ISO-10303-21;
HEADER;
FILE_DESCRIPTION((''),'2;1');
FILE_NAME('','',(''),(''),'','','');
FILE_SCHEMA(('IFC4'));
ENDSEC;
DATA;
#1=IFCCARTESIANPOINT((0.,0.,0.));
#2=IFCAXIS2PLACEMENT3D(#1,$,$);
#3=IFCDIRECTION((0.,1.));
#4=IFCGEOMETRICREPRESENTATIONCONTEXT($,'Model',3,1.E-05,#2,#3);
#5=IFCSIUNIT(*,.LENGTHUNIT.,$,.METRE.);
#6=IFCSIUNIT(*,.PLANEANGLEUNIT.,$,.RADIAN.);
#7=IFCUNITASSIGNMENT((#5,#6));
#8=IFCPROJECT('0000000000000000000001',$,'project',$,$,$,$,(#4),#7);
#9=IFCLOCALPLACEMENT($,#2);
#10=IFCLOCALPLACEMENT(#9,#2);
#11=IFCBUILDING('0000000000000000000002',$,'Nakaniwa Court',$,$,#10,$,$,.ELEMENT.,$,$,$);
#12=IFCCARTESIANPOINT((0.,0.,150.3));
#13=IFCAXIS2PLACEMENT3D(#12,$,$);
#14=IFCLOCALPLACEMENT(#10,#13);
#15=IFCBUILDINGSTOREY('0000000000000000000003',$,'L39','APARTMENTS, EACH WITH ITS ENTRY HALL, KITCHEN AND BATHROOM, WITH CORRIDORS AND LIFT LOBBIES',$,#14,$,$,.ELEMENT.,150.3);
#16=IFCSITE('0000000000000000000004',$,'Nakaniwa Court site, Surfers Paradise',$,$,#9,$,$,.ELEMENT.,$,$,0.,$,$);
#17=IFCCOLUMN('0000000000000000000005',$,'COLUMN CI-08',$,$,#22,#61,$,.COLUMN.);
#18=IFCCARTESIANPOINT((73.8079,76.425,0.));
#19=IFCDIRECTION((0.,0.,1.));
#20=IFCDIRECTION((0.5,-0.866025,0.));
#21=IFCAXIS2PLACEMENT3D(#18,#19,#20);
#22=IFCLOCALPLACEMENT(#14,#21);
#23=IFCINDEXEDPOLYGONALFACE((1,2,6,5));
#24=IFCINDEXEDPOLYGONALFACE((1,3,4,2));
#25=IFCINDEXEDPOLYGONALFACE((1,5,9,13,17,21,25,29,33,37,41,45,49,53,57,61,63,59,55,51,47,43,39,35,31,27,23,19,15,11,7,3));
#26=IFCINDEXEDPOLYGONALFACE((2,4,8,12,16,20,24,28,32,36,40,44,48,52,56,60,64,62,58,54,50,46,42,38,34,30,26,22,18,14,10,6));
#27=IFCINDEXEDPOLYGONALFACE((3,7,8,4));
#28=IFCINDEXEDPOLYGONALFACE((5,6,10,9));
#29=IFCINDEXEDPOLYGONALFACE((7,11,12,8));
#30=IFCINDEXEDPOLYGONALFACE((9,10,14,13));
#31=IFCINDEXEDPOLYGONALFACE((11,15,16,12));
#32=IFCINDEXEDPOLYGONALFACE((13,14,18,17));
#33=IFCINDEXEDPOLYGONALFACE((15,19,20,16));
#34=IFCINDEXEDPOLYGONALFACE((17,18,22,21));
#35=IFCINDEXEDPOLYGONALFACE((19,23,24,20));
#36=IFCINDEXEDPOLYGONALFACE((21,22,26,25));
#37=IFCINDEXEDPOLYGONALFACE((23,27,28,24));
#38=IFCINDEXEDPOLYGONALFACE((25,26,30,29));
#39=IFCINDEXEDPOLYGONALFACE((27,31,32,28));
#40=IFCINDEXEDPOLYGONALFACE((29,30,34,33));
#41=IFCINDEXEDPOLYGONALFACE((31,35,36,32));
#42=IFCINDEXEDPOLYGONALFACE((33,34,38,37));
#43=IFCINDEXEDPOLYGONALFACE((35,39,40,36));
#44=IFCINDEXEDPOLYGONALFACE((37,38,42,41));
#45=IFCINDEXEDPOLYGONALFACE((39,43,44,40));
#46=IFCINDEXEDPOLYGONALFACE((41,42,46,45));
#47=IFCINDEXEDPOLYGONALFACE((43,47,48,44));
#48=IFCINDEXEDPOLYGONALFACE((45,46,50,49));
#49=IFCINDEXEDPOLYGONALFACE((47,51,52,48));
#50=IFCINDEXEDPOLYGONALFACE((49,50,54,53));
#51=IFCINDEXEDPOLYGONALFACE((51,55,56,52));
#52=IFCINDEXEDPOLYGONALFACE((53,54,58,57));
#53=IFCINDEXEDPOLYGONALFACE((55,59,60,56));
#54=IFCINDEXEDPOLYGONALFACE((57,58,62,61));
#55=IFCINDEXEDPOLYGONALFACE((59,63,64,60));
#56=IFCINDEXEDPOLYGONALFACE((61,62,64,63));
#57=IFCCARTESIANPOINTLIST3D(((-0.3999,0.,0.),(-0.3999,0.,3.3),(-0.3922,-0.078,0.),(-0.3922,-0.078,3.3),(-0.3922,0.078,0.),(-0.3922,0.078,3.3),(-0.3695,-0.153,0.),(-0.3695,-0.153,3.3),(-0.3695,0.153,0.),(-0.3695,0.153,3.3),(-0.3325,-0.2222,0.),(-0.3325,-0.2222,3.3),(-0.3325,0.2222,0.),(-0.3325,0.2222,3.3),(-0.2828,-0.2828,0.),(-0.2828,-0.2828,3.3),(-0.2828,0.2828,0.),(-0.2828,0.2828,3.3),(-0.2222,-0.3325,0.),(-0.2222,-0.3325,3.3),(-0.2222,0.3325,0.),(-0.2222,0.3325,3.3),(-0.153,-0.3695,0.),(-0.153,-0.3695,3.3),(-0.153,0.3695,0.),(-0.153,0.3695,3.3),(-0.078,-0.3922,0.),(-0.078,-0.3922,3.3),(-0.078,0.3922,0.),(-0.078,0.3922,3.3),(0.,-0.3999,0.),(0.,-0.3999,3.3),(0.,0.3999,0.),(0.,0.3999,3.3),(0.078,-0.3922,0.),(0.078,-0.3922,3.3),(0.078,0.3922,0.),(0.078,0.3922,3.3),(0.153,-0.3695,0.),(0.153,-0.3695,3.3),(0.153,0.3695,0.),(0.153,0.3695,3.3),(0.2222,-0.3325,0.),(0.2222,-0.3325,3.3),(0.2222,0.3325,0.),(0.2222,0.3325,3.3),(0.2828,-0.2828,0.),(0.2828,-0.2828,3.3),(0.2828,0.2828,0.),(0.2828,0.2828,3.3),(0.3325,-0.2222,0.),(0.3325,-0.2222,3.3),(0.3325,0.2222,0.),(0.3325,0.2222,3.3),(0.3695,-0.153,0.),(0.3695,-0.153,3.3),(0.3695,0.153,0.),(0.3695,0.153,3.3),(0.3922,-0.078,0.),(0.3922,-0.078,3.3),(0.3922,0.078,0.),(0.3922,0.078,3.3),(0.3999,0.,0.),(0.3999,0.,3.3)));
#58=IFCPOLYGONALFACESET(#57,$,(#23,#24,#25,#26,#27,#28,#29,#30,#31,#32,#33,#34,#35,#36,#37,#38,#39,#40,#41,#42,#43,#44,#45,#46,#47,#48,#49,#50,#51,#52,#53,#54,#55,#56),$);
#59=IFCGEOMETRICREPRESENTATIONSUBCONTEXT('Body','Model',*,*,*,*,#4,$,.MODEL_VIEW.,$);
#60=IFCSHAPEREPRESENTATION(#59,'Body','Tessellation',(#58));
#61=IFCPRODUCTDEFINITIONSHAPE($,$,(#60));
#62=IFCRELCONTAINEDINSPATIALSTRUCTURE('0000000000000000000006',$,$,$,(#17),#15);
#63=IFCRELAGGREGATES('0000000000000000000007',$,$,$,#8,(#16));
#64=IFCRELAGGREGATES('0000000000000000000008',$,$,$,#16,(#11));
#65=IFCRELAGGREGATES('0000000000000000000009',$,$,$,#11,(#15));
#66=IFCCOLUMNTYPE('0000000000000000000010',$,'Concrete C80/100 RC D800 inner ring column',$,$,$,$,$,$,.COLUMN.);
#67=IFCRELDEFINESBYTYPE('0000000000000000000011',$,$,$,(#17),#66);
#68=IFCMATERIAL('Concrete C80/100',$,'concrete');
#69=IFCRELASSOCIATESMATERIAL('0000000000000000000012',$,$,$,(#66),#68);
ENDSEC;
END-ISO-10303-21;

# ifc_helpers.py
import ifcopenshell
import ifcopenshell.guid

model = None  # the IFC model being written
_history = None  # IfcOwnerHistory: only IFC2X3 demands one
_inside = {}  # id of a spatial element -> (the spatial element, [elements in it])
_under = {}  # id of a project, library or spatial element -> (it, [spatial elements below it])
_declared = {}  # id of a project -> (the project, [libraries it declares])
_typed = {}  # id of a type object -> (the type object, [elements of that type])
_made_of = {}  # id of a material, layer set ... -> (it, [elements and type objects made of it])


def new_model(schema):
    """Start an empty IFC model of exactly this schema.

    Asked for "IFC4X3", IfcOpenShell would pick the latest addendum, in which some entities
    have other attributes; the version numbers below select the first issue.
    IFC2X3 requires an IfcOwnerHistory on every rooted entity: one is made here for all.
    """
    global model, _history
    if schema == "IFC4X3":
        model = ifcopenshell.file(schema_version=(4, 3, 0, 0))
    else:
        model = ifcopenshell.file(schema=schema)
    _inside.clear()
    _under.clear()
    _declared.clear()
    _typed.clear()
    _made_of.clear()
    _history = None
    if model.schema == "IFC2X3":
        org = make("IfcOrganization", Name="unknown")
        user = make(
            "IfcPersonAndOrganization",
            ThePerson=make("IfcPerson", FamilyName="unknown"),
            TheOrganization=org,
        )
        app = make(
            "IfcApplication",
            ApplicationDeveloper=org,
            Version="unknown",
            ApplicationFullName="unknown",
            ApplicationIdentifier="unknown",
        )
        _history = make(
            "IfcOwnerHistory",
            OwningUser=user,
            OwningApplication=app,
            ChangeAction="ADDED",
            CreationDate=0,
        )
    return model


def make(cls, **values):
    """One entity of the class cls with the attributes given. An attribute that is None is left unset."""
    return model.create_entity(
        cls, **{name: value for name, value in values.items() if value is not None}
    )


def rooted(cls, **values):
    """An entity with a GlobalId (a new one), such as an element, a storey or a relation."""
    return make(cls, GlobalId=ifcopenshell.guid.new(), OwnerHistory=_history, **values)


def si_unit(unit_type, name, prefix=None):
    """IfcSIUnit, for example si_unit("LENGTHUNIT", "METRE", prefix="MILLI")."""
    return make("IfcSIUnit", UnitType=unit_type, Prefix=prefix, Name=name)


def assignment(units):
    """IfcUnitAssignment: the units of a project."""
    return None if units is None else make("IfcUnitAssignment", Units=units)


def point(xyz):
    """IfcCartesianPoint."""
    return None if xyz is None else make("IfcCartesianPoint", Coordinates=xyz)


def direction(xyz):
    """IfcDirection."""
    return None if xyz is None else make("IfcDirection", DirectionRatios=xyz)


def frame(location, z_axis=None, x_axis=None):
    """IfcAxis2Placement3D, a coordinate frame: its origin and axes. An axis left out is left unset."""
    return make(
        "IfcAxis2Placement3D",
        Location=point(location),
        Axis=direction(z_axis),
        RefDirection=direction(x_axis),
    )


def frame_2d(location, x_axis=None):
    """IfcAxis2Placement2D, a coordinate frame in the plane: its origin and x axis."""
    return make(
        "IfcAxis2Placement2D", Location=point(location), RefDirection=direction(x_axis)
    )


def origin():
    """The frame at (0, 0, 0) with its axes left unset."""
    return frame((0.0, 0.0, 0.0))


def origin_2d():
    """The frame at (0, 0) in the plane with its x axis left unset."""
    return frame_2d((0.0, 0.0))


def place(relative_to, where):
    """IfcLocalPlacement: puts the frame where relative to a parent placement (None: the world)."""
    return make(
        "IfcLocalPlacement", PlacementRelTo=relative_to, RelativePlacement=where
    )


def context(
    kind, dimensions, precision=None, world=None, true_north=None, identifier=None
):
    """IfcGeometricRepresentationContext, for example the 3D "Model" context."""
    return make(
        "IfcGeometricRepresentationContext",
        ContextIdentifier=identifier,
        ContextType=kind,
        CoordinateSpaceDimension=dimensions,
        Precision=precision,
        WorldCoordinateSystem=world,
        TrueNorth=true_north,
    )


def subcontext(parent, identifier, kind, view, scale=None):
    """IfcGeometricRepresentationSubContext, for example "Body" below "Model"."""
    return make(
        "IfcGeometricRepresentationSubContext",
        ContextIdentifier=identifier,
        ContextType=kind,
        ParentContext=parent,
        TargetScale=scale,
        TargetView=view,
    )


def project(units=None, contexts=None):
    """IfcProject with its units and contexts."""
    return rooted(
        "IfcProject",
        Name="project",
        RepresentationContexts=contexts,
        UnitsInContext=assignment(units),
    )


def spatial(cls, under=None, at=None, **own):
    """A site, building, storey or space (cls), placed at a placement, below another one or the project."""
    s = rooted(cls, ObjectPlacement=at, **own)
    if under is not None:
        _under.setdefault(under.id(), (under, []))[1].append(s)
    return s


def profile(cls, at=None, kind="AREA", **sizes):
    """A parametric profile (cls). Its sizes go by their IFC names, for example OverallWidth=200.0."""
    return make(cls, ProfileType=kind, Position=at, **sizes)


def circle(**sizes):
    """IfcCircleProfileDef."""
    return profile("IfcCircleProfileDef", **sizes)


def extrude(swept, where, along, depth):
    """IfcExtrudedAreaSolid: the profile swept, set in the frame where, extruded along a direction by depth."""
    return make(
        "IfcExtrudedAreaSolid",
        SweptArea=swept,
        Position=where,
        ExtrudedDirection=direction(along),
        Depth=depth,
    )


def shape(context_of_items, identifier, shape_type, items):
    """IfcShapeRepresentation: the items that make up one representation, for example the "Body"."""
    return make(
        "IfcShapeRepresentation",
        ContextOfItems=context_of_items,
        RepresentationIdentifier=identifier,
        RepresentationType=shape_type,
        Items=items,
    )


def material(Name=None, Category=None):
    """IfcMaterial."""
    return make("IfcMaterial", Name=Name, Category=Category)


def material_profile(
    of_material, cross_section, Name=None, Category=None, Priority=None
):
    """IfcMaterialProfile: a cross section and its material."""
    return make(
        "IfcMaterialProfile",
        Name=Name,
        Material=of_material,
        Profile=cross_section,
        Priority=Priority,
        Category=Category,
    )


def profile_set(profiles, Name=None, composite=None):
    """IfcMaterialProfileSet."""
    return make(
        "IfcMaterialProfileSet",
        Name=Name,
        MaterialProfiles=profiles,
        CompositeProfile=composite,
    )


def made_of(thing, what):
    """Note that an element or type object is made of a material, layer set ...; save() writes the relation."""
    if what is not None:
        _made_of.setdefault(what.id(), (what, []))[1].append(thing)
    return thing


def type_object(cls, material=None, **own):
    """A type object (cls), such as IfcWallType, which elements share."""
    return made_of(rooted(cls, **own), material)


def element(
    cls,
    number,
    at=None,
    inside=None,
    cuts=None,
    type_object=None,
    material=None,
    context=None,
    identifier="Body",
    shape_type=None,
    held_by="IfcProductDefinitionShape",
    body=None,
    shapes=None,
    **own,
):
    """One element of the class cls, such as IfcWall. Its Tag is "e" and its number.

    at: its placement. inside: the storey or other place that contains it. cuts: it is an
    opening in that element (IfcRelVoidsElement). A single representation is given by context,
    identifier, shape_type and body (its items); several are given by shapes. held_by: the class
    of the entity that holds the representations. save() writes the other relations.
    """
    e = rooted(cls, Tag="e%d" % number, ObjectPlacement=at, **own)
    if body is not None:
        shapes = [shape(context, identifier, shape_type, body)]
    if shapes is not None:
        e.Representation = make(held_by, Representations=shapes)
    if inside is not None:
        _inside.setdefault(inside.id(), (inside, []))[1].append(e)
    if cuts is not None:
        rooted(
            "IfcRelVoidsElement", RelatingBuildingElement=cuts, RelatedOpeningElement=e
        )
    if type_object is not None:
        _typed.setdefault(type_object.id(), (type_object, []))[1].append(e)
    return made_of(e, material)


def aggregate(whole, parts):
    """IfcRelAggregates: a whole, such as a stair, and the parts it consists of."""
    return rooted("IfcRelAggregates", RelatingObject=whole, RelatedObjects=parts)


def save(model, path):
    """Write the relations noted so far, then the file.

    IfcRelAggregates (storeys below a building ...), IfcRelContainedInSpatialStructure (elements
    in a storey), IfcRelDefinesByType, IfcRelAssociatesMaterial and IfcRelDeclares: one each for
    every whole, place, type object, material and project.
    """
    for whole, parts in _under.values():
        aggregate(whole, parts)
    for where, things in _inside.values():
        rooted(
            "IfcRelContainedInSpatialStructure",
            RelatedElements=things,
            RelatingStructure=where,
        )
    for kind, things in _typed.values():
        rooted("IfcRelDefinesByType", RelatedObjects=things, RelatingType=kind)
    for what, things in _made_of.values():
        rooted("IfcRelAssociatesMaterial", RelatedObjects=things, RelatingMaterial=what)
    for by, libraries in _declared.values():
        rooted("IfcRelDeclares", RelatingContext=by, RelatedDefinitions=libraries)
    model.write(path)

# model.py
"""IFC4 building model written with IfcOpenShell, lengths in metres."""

from ifc_helpers import new_model, si_unit, direction, frame, origin, origin_2d, place, context, subcontext, project, spatial, circle, extrude, material, material_profile, profile_set, type_object, element, save


model = new_model("IFC4")

# Units and contexts
model_context = context("Model", 3, precision=1e-05, world=origin(), true_north=direction((0.0, 1.0)))
body_context = subcontext(model_context, "Body", "Model", "MODEL_VIEW")
ifc_project = project(units=[si_unit("LENGTHUNIT", "METRE"), si_unit("PLANEANGLEUNIT", "RADIAN")], contexts=[model_context])

# Site, building, storey
site_placement = place(None, origin())
site = spatial("IfcSite", under=ifc_project, at=site_placement, Name="Nakaniwa Court site, Surfers Paradise", CompositionType="ELEMENT", RefElevation=0.0)
building_placement = place(site_placement, origin())
building = spatial("IfcBuilding", under=site, at=building_placement, Name="Nakaniwa Court", CompositionType="ELEMENT")
storey_placement = place(building_placement, frame((0.0, 0.0, 150.3)))
storey = spatial("IfcBuildingStorey", under=building, at=storey_placement, Name="L39", Description="APARTMENTS, EACH WITH ITS ENTRY HALL, KITCHEN AND BATHROOM, WITH CORRIDORS AND LIFT LOBBIES", CompositionType="ELEMENT", Elevation=150.3)

# Column
ifc_material_1 = material(Name="Concrete C80/100", Category="concrete")
ifc_material_profile_1 = material_profile(ifc_material_1, circle(Radius=0.3999, at=origin_2d()), Name="Concrete C80/100 RC D800 inner ring column")
ifc_profile_set_1 = profile_set([ifc_material_profile_1], Name="Concrete C80/100")
column_type_1 = type_object("IfcColumnType", Name="Concrete C80/100 RC D800 inner ring column", PredefinedType="COLUMN", material=ifc_profile_set_1)
for number, where, z_axis, x_axis, name in (
    (1, (73.8079, 76.425, 0.0), (0.0, 0.0, 1.0), (0.5, -0.866025, 0.0), "COLUMN CI-08"),
):
    element("IfcColumn", number, at=place(storey_placement, frame(where, z_axis=z_axis, x_axis=x_axis)), inside=storey, type_object=column_type_1, Name=name, PredefinedType="COLUMN", context=body_context, shape_type="SweptSolid", body=[
        extrude(circle(Radius=0.3999, at=origin_2d()), origin(), (0.0, 0.0, 1.0), 3.3),
    ])

save(model, "model.ifc")
